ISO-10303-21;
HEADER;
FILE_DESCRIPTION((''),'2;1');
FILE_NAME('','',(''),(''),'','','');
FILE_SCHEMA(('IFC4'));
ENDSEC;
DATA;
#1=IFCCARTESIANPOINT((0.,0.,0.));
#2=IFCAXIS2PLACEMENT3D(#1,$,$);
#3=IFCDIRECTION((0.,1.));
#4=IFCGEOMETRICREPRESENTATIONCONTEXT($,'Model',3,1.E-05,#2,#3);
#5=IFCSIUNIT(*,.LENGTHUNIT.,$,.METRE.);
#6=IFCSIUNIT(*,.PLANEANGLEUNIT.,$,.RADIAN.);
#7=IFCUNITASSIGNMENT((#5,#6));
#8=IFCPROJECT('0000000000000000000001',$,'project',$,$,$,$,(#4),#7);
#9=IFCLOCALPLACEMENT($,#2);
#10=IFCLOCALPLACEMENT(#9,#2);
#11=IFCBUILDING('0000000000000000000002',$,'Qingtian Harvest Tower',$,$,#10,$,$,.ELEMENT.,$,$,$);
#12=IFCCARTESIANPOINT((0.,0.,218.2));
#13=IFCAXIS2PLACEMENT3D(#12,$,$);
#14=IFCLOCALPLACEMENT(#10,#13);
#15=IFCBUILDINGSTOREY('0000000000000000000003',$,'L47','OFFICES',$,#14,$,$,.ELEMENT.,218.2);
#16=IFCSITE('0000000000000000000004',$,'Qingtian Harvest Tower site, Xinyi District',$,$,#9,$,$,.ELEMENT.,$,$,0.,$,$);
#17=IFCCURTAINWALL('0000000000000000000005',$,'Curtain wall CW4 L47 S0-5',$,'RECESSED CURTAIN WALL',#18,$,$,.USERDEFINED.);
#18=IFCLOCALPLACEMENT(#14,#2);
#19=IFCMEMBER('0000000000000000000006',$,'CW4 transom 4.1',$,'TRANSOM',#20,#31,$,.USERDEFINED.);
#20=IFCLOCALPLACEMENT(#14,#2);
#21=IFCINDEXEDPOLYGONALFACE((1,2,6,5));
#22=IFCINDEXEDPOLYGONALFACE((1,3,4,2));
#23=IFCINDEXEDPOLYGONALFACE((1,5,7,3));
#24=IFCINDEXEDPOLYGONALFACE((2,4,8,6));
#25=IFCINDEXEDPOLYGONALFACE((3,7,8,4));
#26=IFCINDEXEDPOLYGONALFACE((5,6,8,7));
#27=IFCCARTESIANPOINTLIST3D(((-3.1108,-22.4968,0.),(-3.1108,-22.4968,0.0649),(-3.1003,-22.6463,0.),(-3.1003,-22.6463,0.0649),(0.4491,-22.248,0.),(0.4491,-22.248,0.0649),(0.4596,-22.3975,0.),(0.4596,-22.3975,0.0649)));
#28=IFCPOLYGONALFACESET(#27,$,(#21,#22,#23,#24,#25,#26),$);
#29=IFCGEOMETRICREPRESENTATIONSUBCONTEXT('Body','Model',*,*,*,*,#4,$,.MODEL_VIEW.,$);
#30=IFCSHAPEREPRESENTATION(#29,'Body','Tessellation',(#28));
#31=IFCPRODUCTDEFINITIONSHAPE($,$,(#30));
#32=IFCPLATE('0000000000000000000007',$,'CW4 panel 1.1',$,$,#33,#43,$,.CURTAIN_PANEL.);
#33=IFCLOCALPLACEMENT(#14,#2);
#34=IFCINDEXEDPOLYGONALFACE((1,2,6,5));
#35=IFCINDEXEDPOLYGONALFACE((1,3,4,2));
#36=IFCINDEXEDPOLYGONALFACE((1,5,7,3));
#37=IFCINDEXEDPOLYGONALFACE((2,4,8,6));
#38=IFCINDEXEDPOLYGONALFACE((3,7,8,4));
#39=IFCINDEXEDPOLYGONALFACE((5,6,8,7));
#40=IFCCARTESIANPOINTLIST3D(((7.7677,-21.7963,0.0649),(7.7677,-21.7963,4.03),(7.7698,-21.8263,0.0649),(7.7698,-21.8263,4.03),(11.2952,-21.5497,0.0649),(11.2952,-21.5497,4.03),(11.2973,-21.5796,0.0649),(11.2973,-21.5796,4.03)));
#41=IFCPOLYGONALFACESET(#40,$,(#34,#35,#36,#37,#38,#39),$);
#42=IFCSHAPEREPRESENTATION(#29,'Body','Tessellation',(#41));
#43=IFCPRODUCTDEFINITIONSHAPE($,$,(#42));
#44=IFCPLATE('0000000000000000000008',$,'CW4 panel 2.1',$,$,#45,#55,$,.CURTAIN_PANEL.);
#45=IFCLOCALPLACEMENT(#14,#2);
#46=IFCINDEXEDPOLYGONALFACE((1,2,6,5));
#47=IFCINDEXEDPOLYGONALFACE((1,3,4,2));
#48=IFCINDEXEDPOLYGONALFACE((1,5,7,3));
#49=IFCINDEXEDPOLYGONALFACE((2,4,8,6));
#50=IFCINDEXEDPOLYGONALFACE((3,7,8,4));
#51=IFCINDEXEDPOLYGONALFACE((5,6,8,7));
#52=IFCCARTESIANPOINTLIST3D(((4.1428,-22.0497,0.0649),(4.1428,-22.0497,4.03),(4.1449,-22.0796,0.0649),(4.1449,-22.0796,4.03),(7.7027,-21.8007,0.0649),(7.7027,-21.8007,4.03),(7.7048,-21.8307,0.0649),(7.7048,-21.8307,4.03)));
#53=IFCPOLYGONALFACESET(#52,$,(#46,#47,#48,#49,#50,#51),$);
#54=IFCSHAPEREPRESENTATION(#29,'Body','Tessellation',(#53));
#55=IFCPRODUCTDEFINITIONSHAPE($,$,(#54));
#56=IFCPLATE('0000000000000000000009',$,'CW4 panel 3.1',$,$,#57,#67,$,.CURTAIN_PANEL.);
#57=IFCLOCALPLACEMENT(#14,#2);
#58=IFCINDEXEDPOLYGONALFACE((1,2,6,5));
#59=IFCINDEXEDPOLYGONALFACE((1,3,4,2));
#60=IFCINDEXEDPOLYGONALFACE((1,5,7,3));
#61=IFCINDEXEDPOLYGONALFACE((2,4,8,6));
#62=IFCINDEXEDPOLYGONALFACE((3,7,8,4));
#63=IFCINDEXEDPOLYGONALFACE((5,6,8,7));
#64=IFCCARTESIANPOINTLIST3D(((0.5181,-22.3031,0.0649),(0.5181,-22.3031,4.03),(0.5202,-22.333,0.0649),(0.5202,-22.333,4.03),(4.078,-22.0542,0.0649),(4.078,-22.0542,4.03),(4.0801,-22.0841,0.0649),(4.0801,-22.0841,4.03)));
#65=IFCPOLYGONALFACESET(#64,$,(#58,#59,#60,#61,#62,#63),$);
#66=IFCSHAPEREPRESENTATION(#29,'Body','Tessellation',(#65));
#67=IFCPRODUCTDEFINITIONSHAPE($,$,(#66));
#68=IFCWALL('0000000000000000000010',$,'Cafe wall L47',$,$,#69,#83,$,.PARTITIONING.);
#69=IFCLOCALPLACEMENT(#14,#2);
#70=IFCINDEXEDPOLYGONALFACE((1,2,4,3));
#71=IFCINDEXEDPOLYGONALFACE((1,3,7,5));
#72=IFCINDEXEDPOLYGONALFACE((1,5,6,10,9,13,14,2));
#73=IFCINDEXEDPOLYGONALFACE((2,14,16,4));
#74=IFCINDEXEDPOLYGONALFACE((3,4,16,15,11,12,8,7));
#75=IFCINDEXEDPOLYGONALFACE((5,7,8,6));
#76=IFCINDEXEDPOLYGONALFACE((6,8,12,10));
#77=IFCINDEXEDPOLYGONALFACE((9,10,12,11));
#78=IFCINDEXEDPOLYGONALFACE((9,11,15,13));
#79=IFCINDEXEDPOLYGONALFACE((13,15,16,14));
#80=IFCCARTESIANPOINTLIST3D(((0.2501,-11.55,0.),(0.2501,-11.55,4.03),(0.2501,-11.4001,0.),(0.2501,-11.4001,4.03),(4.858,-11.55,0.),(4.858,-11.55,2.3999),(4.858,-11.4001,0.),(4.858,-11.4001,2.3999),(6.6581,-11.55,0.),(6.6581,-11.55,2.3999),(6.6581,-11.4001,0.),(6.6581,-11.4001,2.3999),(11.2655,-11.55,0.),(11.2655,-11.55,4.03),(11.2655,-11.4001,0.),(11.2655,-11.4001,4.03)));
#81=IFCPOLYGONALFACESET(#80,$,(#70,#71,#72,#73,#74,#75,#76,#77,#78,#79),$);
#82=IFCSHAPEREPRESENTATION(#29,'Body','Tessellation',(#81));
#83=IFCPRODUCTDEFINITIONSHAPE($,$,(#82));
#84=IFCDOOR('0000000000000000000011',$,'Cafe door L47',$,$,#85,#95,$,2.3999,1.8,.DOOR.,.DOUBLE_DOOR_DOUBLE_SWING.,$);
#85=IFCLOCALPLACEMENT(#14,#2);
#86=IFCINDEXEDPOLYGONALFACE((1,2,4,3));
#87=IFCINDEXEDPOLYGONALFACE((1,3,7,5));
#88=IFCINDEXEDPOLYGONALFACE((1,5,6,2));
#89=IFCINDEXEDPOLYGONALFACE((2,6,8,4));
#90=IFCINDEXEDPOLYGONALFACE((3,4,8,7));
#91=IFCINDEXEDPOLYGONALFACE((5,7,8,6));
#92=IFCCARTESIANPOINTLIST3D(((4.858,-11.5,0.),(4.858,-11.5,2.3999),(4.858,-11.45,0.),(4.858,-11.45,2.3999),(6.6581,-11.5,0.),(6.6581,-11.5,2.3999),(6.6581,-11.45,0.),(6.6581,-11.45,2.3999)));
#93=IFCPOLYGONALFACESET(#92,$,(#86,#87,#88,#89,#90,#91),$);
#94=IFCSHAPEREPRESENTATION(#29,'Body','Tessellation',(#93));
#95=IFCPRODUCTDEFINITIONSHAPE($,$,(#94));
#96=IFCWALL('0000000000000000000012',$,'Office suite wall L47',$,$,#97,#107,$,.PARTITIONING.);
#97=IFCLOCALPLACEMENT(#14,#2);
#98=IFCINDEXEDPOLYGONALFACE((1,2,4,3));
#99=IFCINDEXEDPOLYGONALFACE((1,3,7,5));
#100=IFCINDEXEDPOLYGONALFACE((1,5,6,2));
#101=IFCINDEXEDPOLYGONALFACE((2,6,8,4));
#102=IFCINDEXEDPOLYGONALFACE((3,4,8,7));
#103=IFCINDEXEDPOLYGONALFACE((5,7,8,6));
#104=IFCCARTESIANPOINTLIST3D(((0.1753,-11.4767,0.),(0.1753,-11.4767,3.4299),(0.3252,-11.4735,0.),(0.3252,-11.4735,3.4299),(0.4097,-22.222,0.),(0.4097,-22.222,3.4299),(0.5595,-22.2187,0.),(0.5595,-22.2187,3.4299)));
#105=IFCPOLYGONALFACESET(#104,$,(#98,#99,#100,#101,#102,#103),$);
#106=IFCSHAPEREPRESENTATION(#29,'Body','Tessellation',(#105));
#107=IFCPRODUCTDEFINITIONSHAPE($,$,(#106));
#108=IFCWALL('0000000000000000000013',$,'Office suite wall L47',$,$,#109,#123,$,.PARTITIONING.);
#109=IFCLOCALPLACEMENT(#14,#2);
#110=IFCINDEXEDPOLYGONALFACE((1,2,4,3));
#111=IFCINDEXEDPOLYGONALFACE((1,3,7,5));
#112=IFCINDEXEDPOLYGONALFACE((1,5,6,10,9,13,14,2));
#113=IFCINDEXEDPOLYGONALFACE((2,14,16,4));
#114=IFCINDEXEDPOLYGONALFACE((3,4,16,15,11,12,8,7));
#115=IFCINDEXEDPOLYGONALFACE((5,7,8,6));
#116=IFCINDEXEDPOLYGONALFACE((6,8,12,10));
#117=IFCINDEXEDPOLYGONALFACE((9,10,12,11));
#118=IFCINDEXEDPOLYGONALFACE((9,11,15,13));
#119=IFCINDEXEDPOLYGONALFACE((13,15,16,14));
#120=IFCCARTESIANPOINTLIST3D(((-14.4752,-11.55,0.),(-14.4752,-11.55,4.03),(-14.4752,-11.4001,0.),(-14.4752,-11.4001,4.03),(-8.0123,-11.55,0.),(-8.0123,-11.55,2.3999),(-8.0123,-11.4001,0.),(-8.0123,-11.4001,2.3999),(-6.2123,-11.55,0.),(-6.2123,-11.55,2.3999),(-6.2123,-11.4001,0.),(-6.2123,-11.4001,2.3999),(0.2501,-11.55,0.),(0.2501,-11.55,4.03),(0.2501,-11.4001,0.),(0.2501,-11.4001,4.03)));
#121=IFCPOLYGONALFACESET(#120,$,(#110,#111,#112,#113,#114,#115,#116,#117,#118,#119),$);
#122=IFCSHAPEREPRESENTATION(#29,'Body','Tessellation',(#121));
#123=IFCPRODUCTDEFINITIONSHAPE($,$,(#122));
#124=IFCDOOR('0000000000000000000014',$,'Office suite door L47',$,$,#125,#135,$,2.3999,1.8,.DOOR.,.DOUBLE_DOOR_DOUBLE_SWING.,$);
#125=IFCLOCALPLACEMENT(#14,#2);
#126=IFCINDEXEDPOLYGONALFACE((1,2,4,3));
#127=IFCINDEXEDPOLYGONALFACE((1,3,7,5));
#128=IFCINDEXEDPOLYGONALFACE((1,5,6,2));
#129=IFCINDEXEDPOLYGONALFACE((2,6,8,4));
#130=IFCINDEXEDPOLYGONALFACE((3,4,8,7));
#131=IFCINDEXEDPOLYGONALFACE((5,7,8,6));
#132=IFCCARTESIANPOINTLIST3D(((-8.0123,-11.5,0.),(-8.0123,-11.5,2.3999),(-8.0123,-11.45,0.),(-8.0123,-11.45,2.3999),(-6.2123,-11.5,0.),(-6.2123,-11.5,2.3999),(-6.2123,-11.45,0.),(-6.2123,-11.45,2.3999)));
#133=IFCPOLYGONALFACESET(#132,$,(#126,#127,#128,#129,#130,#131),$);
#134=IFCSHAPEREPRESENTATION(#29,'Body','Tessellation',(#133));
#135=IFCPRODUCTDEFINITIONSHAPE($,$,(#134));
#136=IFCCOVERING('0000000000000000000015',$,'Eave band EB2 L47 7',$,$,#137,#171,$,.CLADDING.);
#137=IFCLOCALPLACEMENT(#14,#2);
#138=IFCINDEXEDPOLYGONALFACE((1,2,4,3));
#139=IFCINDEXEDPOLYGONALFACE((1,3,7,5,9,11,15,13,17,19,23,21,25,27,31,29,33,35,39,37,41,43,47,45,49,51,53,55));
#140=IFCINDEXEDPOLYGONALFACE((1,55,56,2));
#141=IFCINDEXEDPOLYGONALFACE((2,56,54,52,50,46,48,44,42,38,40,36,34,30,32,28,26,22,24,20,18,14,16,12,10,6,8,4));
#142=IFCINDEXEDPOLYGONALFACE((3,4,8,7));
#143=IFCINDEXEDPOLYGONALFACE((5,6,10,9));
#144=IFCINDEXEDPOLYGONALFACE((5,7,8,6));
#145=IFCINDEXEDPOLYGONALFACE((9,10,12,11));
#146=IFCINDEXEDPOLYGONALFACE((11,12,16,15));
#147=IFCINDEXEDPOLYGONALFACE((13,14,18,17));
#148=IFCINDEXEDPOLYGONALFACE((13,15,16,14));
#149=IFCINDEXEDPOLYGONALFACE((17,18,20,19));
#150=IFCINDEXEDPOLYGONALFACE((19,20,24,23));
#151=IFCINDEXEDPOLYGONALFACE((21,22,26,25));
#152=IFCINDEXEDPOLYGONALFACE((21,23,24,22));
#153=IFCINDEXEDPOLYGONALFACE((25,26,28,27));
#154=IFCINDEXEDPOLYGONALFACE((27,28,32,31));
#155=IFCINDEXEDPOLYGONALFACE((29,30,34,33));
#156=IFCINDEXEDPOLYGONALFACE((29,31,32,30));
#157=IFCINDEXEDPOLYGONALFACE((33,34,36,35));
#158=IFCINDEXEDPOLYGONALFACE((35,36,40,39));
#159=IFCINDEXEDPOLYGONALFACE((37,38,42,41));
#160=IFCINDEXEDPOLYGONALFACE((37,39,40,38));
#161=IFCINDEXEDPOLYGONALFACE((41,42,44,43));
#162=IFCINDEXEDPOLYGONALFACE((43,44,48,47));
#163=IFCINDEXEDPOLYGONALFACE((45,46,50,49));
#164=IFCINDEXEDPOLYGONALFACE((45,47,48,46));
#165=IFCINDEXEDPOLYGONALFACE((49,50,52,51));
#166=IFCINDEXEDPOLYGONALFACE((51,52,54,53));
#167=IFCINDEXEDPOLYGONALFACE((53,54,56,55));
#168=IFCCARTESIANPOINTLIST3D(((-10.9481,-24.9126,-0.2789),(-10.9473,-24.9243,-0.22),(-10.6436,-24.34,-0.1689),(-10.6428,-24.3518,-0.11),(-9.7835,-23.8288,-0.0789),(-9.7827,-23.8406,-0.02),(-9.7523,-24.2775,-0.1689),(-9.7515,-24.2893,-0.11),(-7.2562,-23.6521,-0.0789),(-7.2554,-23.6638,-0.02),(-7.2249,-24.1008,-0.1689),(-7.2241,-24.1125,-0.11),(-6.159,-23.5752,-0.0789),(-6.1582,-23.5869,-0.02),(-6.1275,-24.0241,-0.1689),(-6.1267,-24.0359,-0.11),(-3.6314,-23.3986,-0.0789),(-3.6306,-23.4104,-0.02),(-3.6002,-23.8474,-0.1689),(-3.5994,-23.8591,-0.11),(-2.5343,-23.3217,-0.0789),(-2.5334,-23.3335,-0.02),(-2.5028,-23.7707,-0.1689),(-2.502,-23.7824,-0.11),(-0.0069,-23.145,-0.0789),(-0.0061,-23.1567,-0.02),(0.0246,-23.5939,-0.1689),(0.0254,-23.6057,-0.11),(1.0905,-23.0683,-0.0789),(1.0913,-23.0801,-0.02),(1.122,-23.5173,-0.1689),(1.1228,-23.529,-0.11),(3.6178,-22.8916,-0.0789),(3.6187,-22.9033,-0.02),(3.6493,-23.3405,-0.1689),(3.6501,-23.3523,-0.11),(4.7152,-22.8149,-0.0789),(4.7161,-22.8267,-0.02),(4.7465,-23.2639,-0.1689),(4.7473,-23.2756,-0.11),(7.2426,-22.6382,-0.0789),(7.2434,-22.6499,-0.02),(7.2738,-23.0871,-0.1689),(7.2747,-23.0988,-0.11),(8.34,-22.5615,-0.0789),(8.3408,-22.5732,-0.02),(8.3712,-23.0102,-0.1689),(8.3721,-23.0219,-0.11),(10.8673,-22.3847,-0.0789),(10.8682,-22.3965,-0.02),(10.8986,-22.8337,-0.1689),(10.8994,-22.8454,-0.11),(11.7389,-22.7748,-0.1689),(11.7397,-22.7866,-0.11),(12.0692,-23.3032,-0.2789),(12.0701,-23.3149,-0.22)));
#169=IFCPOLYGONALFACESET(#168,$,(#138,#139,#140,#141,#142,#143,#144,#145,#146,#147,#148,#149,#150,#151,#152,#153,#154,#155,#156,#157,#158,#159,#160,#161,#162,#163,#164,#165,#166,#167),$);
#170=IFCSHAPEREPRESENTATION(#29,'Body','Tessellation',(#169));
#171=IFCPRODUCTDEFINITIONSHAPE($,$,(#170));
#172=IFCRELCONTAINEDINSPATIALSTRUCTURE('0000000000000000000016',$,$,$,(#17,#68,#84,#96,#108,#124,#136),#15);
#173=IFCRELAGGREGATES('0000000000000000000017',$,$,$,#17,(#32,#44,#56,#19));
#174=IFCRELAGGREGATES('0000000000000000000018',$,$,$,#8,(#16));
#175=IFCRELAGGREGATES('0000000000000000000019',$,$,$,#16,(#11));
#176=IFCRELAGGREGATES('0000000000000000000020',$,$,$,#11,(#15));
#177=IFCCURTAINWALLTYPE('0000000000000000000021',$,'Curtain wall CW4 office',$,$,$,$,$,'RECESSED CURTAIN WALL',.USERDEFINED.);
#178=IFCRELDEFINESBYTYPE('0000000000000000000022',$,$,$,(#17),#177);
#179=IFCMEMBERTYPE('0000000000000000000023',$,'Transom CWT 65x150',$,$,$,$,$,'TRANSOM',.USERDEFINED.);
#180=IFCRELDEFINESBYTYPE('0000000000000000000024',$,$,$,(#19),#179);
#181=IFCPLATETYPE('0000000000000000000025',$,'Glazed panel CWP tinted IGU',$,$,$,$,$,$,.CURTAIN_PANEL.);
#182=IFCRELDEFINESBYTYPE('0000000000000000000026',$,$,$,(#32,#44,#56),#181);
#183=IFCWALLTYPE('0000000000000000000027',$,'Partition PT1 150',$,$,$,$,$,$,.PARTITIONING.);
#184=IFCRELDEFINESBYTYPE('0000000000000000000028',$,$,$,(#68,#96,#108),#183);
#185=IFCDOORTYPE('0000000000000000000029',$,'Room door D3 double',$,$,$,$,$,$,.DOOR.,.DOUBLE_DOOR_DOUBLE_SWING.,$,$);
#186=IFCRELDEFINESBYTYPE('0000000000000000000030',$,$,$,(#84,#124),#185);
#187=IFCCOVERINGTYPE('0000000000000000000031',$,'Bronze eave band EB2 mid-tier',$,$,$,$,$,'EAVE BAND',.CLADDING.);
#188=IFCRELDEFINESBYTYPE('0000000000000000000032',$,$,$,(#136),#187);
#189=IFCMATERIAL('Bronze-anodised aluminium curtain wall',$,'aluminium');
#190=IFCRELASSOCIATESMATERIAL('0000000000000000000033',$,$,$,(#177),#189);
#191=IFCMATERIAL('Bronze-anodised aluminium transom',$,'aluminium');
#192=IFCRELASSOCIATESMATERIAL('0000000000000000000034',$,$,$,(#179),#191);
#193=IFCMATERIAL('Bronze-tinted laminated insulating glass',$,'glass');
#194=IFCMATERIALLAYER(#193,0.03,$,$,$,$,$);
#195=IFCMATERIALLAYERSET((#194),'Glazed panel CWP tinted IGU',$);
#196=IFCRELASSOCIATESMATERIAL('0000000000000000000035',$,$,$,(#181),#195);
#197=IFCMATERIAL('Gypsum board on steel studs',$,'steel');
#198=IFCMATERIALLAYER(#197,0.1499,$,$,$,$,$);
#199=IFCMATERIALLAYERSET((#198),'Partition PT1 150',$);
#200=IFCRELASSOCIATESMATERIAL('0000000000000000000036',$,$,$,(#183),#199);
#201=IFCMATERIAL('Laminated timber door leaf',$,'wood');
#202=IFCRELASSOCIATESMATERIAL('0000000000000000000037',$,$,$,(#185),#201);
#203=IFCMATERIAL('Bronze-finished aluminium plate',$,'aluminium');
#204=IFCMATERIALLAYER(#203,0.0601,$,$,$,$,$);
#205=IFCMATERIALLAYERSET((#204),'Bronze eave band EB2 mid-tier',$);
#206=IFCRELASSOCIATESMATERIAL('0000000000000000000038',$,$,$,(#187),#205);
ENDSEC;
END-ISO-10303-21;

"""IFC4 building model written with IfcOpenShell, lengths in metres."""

from ifc_helpers import new_model, si_unit, direction, frame, frame_2d, origin, origin_2d, place, context, subcontext, project, spatial, polyline, rectangle, outline, extrude, material, layer, layer_set, material_profile, profile_set, type_object, element, fill, aggregate, save


model = new_model("IFC4")

# Units and contexts
model_context = context("Model", 3, precision=1e-05, world=origin(), true_north=direction((0.0, 1.0)))
body_context = subcontext(model_context, "Body", "Model", "MODEL_VIEW")
ifc_project = project(units=[si_unit("LENGTHUNIT", "METRE"), si_unit("PLANEANGLEUNIT", "RADIAN")], contexts=[model_context])

# Site, building, storey
site_placement = place(None, origin())
site = spatial("IfcSite", under=ifc_project, at=site_placement, Name="Qingtian Harvest Tower site, Xinyi District", CompositionType="ELEMENT", RefElevation=0.0)
building_placement = place(site_placement, origin())
building = spatial("IfcBuilding", under=site, at=building_placement, Name="Qingtian Harvest Tower", CompositionType="ELEMENT")
storey_placement = place(building_placement, frame((0.0, 0.0, 218.2)))
storey = spatial("IfcBuildingStorey", under=building, at=storey_placement, Name="L47", Description="OFFICES", CompositionType="ELEMENT", Elevation=218.2)

# Shared definitions
ifc_material_1 = material(Name="Bronze-anodised aluminium curtain wall", Category="aluminium")
curtain_wall_type = type_object("IfcCurtainWallType", Name="Curtain wall CW4 office", ElementType="RECESSED CURTAIN WALL", PredefinedType="USERDEFINED", material=ifc_material_1)

# Curtain wall
curtain_wall_1_placement = place(storey_placement, origin())
curtain_wall_1 = element("IfcCurtainWall", 1, at=curtain_wall_1_placement, inside=storey, type_object=curtain_wall_type, Name="Curtain wall CW4 L47 S0-5", ObjectType="RECESSED CURTAIN WALL", PredefinedType="USERDEFINED")

# Member
ifc_material_2 = material(Name="Bronze-anodised aluminium transom", Category="aluminium")
ifc_material_profile_1 = material_profile(ifc_material_2, rectangle(XDim=0.1499, YDim=0.0649, at=origin_2d()), Name="AL 65x150")
ifc_profile_set_1 = profile_set([ifc_material_profile_1], Name="Bronze-anodised aluminium transom")
member_type_1 = type_object("IfcMemberType", Name="Transom CWT 65x150", ElementType="TRANSOM", PredefinedType="USERDEFINED", material=ifc_profile_set_1)
member_1_placement = place(storey_placement, frame((0.4543, -22.3228, 0.0325), z_axis=(-0.997567, -0.069715, 0.0), x_axis=(0.069715, -0.997567, 0.0)))
member_1 = element("IfcMember", 2, at=member_1_placement, type_object=member_type_1, Name="CW4 transom 4.1", ObjectType="TRANSOM", PredefinedType="USERDEFINED", context=body_context, shape_type="SweptSolid", body=[
    extrude(rectangle(XDim=0.1499, YDim=0.0649, at=origin_2d()), origin(), (0.0, 0.0, 1.0), 3.5686),
])

# Plates
ifc_material_3 = material(Name="Bronze-tinted laminated insulating glass", Category="glass")
ifc_layer_1 = layer(ifc_material_3, 0.03)
ifc_layer_set_1 = layer_set([ifc_layer_1], Name="Glazed panel CWP tinted IGU")
plate_type = type_object("IfcPlateType", Name="Glazed panel CWP tinted IGU", PredefinedType="CURTAIN_PANEL", material=ifc_layer_set_1)
plate_1_placement = place(storey_placement, frame((9.5325, -21.688, 0.0649), z_axis=(0.0, 0.0, 1.0), x_axis=(-0.997564, -0.069756, 0.0)))
plate_1 = element("IfcPlate", 3, at=plate_1_placement, type_object=plate_type, Name="CW4 panel 1.1", PredefinedType="CURTAIN_PANEL", context=body_context, shape_type="SweptSolid", body=[
    extrude(rectangle(XDim=3.5361, YDim=0.03, at=origin_2d()), origin(), (0.0, 0.0, 1.0), 3.9651),
])
plate_2_placement = place(storey_placement, frame((5.9238, -21.9402, 0.0649), z_axis=(0.0, 0.0, 1.0), x_axis=(-0.997564, -0.069756, 0.0)))
plate_2 = element("IfcPlate", 4, at=plate_2_placement, type_object=plate_type, Name="CW4 panel 2.1", PredefinedType="CURTAIN_PANEL", context=body_context, shape_type="SweptSolid", body=[
    extrude(rectangle(XDim=3.5686, YDim=0.03, at=origin_2d()), origin(), (0.0, 0.0, 1.0), 3.9651),
])
plate_3_placement = place(storey_placement, frame((2.2991, -22.1936, 0.0649), z_axis=(0.0, 0.0, 1.0), x_axis=(-0.997564, -0.069756, 0.0)))
plate_3 = element("IfcPlate", 5, at=plate_3_placement, type_object=plate_type, Name="CW4 panel 3.1", PredefinedType="CURTAIN_PANEL", context=body_context, shape_type="SweptSolid", body=[
    extrude(rectangle(XDim=3.5686, YDim=0.03, at=origin_2d()), origin(), (0.0, 0.0, 1.0), 3.9651),
])
aggregate(curtain_wall_1, [plate_1, plate_2, plate_3, member_1])

# Wall, opening, door
ifc_material_4 = material(Name="Gypsum board on steel studs", Category="steel")
ifc_layer_2 = layer(ifc_material_4, 0.1499)
ifc_layer_set_2 = layer_set([ifc_layer_2], Name="Partition PT1 150")
wall_type = type_object("IfcWallType", Name="Partition PT1 150", PredefinedType="PARTITIONING", material=ifc_layer_set_2)
wall_1_placement = place(storey_placement, frame((11.2656, -11.4751, 0.0), z_axis=(0.0, 0.0, 1.0), x_axis=(-1.0, 0.0, 0.0)))
wall_1 = element("IfcWall", 6, at=wall_1_placement, inside=storey, type_object=wall_type, Name="Cafe wall L47", PredefinedType="PARTITIONING", context=body_context, shape_type="SweptSolid", body=[
    extrude(rectangle(XDim=11.0154, YDim=0.1499, at=frame_2d((5.5078, 0.0))), origin(), (0.0, 0.0, 1.0), 4.03),
])
opening_1_placement = place(wall_1_placement, frame((4.6077, 0.0, 0.0)))
opening_1 = element("IfcOpeningElement", 7, at=opening_1_placement, cuts=wall_1, PredefinedType="OPENING", context=body_context, shape_type="SweptSolid", body=[
    extrude(rectangle(XDim=1.8, YDim=2.3999, at=frame_2d((0.8999, 1.2))), frame((0.0, 0.085, 0.0), z_axis=(0.0, -1.0, 0.0), x_axis=(1.0, 0.0, 0.0)), (0.0, 0.0, 1.0), 0.1699),
])
ifc_material_5 = material(Name="Laminated timber door leaf", Category="wood")
door_type = type_object("IfcDoorType", Name="Room door D3 double", OperationType="DOUBLE_DOOR_DOUBLE_SWING", PredefinedType="DOOR", material=ifc_material_5)
door_1_placement = place(opening_1_placement, origin())
door_1 = element("IfcDoor", 8, at=door_1_placement, inside=storey, type_object=door_type, Name="Cafe door L47", OperationType="DOUBLE_DOOR_DOUBLE_SWING", OverallHeight=2.3999, OverallWidth=1.8, PredefinedType="DOOR", context=body_context, shape_type="SweptSolid", body=[
    extrude(rectangle(XDim=1.8, YDim=2.3999, at=frame_2d((0.8999, 1.2))), frame((0.0, 0.0249, 0.0), z_axis=(0.0, -1.0, 0.0), x_axis=(1.0, 0.0, 0.0)), (0.0, 0.0, 1.0), 0.05),
])
fill(opening_1, door_1)

# Wall
wall_2_placement = place(storey_placement, frame((0.4846, -22.2205, 0.0), z_axis=(0.0, 0.0, 1.0), x_axis=(-0.021807, 0.999762, 0.0)))
element("IfcWall", 9, at=wall_2_placement, inside=storey, type_object=wall_type, Name="Office suite wall L47", PredefinedType="PARTITIONING", context=body_context, shape_type="SweptSolid", body=[
    extrude(rectangle(XDim=10.7478, YDim=0.1499, at=frame_2d((5.374, 0.0))), origin(), (0.0, 0.0, 1.0), 3.4299),
])

# Wall, opening, door
wall_3_placement = place(storey_placement, frame((0.2502, -11.4751, 0.0), z_axis=(0.0, 0.0, 1.0), x_axis=(-1.0, 0.0, 0.0)))
wall_3 = element("IfcWall", 10, at=wall_3_placement, inside=storey, type_object=wall_type, Name="Office suite wall L47", PredefinedType="PARTITIONING", context=body_context, shape_type="SweptSolid", body=[
    extrude(rectangle(XDim=14.7253, YDim=0.1499, at=frame_2d((7.3628, 0.0))), origin(), (0.0, 0.0, 1.0), 4.03),
])
opening_2_placement = place(wall_3_placement, frame((6.4626, 0.0, 0.0)))
opening_2 = element("IfcOpeningElement", 11, at=opening_2_placement, cuts=wall_3, PredefinedType="OPENING", context=body_context, shape_type="SweptSolid", body=[
    extrude(rectangle(XDim=1.8, YDim=2.3999, at=frame_2d((0.8999, 1.2))), frame((0.0, 0.085, 0.0), z_axis=(0.0, -1.0, 0.0), x_axis=(1.0, 0.0, 0.0)), (0.0, 0.0, 1.0), 0.1699),
])
door_2_placement = place(opening_2_placement, origin())
door_2 = element("IfcDoor", 12, at=door_2_placement, inside=storey, type_object=door_type, Name="Office suite door L47", OperationType="DOUBLE_DOOR_DOUBLE_SWING", OverallHeight=2.3999, OverallWidth=1.8, PredefinedType="DOOR", context=body_context, shape_type="SweptSolid", body=[
    extrude(rectangle(XDim=1.8, YDim=2.3999, at=frame_2d((0.8999, 1.2))), frame((0.0, 0.0249, 0.0), z_axis=(0.0, -1.0, 0.0), x_axis=(1.0, 0.0, 0.0)), (0.0, 0.0, 1.0), 0.05),
])
fill(opening_2, door_2)

# Covering
ifc_material_6 = material(Name="Bronze-finished aluminium plate", Category="aluminium")
ifc_layer_3 = layer(ifc_material_6, 0.0601)
ifc_layer_set_3 = layer_set([ifc_layer_3], Name="Bronze eave band EB2 mid-tier")
covering_type = type_object("IfcCoveringType", Name="Bronze eave band EB2 mid-tier", ElementType="EAVE BAND", PredefinedType="CLADDING", material=ifc_layer_set_3)
covering_placement = place(storey_placement, frame((10.8682, -22.3965, -0.02), z_axis=(0.013679, -0.195635, 0.980581), x_axis=(0.068087, -0.978215, -0.196113)))
element("IfcCovering", 13, at=covering_placement, inside=storey, type_object=covering_type, Name="Eave band EB2 L47 7", PredefinedType="CLADDING", context=body_context, shape_type="SweptSolid", body=[
    extrude(outline(polyline([(0.0, 0.0), (0.4589, 0.0), (0.4586, 0.8424), (1.0195, 1.1352), (1.0266, -21.9383), (0.4657, -21.5948), (0.4653, -20.7013), (0.0066, -20.7013), (0.0058, -18.1678), (0.4645, -18.1678), (0.4642, -17.0677), (0.0052, -17.0679), (0.0047, -14.5342), (0.4634, -14.5342), (0.4631, -13.4341), (0.0041, -13.4343), (0.0033, -10.9008), (0.4623, -10.9006), (0.462, -9.8005), (0.003, -9.8007), (0.0022, -7.2672), (0.4612, -7.267), (0.4609, -6.1671), (0.0019, -6.1671), (0.0011, -3.6336), (0.46, -3.6336), (0.4595, -2.5335), (0.0008, -2.5335), (0.0, 0.0)])), origin(), (0.0, 0.0, -1.0), 0.0601),
])

save(model, "model.ifc")
